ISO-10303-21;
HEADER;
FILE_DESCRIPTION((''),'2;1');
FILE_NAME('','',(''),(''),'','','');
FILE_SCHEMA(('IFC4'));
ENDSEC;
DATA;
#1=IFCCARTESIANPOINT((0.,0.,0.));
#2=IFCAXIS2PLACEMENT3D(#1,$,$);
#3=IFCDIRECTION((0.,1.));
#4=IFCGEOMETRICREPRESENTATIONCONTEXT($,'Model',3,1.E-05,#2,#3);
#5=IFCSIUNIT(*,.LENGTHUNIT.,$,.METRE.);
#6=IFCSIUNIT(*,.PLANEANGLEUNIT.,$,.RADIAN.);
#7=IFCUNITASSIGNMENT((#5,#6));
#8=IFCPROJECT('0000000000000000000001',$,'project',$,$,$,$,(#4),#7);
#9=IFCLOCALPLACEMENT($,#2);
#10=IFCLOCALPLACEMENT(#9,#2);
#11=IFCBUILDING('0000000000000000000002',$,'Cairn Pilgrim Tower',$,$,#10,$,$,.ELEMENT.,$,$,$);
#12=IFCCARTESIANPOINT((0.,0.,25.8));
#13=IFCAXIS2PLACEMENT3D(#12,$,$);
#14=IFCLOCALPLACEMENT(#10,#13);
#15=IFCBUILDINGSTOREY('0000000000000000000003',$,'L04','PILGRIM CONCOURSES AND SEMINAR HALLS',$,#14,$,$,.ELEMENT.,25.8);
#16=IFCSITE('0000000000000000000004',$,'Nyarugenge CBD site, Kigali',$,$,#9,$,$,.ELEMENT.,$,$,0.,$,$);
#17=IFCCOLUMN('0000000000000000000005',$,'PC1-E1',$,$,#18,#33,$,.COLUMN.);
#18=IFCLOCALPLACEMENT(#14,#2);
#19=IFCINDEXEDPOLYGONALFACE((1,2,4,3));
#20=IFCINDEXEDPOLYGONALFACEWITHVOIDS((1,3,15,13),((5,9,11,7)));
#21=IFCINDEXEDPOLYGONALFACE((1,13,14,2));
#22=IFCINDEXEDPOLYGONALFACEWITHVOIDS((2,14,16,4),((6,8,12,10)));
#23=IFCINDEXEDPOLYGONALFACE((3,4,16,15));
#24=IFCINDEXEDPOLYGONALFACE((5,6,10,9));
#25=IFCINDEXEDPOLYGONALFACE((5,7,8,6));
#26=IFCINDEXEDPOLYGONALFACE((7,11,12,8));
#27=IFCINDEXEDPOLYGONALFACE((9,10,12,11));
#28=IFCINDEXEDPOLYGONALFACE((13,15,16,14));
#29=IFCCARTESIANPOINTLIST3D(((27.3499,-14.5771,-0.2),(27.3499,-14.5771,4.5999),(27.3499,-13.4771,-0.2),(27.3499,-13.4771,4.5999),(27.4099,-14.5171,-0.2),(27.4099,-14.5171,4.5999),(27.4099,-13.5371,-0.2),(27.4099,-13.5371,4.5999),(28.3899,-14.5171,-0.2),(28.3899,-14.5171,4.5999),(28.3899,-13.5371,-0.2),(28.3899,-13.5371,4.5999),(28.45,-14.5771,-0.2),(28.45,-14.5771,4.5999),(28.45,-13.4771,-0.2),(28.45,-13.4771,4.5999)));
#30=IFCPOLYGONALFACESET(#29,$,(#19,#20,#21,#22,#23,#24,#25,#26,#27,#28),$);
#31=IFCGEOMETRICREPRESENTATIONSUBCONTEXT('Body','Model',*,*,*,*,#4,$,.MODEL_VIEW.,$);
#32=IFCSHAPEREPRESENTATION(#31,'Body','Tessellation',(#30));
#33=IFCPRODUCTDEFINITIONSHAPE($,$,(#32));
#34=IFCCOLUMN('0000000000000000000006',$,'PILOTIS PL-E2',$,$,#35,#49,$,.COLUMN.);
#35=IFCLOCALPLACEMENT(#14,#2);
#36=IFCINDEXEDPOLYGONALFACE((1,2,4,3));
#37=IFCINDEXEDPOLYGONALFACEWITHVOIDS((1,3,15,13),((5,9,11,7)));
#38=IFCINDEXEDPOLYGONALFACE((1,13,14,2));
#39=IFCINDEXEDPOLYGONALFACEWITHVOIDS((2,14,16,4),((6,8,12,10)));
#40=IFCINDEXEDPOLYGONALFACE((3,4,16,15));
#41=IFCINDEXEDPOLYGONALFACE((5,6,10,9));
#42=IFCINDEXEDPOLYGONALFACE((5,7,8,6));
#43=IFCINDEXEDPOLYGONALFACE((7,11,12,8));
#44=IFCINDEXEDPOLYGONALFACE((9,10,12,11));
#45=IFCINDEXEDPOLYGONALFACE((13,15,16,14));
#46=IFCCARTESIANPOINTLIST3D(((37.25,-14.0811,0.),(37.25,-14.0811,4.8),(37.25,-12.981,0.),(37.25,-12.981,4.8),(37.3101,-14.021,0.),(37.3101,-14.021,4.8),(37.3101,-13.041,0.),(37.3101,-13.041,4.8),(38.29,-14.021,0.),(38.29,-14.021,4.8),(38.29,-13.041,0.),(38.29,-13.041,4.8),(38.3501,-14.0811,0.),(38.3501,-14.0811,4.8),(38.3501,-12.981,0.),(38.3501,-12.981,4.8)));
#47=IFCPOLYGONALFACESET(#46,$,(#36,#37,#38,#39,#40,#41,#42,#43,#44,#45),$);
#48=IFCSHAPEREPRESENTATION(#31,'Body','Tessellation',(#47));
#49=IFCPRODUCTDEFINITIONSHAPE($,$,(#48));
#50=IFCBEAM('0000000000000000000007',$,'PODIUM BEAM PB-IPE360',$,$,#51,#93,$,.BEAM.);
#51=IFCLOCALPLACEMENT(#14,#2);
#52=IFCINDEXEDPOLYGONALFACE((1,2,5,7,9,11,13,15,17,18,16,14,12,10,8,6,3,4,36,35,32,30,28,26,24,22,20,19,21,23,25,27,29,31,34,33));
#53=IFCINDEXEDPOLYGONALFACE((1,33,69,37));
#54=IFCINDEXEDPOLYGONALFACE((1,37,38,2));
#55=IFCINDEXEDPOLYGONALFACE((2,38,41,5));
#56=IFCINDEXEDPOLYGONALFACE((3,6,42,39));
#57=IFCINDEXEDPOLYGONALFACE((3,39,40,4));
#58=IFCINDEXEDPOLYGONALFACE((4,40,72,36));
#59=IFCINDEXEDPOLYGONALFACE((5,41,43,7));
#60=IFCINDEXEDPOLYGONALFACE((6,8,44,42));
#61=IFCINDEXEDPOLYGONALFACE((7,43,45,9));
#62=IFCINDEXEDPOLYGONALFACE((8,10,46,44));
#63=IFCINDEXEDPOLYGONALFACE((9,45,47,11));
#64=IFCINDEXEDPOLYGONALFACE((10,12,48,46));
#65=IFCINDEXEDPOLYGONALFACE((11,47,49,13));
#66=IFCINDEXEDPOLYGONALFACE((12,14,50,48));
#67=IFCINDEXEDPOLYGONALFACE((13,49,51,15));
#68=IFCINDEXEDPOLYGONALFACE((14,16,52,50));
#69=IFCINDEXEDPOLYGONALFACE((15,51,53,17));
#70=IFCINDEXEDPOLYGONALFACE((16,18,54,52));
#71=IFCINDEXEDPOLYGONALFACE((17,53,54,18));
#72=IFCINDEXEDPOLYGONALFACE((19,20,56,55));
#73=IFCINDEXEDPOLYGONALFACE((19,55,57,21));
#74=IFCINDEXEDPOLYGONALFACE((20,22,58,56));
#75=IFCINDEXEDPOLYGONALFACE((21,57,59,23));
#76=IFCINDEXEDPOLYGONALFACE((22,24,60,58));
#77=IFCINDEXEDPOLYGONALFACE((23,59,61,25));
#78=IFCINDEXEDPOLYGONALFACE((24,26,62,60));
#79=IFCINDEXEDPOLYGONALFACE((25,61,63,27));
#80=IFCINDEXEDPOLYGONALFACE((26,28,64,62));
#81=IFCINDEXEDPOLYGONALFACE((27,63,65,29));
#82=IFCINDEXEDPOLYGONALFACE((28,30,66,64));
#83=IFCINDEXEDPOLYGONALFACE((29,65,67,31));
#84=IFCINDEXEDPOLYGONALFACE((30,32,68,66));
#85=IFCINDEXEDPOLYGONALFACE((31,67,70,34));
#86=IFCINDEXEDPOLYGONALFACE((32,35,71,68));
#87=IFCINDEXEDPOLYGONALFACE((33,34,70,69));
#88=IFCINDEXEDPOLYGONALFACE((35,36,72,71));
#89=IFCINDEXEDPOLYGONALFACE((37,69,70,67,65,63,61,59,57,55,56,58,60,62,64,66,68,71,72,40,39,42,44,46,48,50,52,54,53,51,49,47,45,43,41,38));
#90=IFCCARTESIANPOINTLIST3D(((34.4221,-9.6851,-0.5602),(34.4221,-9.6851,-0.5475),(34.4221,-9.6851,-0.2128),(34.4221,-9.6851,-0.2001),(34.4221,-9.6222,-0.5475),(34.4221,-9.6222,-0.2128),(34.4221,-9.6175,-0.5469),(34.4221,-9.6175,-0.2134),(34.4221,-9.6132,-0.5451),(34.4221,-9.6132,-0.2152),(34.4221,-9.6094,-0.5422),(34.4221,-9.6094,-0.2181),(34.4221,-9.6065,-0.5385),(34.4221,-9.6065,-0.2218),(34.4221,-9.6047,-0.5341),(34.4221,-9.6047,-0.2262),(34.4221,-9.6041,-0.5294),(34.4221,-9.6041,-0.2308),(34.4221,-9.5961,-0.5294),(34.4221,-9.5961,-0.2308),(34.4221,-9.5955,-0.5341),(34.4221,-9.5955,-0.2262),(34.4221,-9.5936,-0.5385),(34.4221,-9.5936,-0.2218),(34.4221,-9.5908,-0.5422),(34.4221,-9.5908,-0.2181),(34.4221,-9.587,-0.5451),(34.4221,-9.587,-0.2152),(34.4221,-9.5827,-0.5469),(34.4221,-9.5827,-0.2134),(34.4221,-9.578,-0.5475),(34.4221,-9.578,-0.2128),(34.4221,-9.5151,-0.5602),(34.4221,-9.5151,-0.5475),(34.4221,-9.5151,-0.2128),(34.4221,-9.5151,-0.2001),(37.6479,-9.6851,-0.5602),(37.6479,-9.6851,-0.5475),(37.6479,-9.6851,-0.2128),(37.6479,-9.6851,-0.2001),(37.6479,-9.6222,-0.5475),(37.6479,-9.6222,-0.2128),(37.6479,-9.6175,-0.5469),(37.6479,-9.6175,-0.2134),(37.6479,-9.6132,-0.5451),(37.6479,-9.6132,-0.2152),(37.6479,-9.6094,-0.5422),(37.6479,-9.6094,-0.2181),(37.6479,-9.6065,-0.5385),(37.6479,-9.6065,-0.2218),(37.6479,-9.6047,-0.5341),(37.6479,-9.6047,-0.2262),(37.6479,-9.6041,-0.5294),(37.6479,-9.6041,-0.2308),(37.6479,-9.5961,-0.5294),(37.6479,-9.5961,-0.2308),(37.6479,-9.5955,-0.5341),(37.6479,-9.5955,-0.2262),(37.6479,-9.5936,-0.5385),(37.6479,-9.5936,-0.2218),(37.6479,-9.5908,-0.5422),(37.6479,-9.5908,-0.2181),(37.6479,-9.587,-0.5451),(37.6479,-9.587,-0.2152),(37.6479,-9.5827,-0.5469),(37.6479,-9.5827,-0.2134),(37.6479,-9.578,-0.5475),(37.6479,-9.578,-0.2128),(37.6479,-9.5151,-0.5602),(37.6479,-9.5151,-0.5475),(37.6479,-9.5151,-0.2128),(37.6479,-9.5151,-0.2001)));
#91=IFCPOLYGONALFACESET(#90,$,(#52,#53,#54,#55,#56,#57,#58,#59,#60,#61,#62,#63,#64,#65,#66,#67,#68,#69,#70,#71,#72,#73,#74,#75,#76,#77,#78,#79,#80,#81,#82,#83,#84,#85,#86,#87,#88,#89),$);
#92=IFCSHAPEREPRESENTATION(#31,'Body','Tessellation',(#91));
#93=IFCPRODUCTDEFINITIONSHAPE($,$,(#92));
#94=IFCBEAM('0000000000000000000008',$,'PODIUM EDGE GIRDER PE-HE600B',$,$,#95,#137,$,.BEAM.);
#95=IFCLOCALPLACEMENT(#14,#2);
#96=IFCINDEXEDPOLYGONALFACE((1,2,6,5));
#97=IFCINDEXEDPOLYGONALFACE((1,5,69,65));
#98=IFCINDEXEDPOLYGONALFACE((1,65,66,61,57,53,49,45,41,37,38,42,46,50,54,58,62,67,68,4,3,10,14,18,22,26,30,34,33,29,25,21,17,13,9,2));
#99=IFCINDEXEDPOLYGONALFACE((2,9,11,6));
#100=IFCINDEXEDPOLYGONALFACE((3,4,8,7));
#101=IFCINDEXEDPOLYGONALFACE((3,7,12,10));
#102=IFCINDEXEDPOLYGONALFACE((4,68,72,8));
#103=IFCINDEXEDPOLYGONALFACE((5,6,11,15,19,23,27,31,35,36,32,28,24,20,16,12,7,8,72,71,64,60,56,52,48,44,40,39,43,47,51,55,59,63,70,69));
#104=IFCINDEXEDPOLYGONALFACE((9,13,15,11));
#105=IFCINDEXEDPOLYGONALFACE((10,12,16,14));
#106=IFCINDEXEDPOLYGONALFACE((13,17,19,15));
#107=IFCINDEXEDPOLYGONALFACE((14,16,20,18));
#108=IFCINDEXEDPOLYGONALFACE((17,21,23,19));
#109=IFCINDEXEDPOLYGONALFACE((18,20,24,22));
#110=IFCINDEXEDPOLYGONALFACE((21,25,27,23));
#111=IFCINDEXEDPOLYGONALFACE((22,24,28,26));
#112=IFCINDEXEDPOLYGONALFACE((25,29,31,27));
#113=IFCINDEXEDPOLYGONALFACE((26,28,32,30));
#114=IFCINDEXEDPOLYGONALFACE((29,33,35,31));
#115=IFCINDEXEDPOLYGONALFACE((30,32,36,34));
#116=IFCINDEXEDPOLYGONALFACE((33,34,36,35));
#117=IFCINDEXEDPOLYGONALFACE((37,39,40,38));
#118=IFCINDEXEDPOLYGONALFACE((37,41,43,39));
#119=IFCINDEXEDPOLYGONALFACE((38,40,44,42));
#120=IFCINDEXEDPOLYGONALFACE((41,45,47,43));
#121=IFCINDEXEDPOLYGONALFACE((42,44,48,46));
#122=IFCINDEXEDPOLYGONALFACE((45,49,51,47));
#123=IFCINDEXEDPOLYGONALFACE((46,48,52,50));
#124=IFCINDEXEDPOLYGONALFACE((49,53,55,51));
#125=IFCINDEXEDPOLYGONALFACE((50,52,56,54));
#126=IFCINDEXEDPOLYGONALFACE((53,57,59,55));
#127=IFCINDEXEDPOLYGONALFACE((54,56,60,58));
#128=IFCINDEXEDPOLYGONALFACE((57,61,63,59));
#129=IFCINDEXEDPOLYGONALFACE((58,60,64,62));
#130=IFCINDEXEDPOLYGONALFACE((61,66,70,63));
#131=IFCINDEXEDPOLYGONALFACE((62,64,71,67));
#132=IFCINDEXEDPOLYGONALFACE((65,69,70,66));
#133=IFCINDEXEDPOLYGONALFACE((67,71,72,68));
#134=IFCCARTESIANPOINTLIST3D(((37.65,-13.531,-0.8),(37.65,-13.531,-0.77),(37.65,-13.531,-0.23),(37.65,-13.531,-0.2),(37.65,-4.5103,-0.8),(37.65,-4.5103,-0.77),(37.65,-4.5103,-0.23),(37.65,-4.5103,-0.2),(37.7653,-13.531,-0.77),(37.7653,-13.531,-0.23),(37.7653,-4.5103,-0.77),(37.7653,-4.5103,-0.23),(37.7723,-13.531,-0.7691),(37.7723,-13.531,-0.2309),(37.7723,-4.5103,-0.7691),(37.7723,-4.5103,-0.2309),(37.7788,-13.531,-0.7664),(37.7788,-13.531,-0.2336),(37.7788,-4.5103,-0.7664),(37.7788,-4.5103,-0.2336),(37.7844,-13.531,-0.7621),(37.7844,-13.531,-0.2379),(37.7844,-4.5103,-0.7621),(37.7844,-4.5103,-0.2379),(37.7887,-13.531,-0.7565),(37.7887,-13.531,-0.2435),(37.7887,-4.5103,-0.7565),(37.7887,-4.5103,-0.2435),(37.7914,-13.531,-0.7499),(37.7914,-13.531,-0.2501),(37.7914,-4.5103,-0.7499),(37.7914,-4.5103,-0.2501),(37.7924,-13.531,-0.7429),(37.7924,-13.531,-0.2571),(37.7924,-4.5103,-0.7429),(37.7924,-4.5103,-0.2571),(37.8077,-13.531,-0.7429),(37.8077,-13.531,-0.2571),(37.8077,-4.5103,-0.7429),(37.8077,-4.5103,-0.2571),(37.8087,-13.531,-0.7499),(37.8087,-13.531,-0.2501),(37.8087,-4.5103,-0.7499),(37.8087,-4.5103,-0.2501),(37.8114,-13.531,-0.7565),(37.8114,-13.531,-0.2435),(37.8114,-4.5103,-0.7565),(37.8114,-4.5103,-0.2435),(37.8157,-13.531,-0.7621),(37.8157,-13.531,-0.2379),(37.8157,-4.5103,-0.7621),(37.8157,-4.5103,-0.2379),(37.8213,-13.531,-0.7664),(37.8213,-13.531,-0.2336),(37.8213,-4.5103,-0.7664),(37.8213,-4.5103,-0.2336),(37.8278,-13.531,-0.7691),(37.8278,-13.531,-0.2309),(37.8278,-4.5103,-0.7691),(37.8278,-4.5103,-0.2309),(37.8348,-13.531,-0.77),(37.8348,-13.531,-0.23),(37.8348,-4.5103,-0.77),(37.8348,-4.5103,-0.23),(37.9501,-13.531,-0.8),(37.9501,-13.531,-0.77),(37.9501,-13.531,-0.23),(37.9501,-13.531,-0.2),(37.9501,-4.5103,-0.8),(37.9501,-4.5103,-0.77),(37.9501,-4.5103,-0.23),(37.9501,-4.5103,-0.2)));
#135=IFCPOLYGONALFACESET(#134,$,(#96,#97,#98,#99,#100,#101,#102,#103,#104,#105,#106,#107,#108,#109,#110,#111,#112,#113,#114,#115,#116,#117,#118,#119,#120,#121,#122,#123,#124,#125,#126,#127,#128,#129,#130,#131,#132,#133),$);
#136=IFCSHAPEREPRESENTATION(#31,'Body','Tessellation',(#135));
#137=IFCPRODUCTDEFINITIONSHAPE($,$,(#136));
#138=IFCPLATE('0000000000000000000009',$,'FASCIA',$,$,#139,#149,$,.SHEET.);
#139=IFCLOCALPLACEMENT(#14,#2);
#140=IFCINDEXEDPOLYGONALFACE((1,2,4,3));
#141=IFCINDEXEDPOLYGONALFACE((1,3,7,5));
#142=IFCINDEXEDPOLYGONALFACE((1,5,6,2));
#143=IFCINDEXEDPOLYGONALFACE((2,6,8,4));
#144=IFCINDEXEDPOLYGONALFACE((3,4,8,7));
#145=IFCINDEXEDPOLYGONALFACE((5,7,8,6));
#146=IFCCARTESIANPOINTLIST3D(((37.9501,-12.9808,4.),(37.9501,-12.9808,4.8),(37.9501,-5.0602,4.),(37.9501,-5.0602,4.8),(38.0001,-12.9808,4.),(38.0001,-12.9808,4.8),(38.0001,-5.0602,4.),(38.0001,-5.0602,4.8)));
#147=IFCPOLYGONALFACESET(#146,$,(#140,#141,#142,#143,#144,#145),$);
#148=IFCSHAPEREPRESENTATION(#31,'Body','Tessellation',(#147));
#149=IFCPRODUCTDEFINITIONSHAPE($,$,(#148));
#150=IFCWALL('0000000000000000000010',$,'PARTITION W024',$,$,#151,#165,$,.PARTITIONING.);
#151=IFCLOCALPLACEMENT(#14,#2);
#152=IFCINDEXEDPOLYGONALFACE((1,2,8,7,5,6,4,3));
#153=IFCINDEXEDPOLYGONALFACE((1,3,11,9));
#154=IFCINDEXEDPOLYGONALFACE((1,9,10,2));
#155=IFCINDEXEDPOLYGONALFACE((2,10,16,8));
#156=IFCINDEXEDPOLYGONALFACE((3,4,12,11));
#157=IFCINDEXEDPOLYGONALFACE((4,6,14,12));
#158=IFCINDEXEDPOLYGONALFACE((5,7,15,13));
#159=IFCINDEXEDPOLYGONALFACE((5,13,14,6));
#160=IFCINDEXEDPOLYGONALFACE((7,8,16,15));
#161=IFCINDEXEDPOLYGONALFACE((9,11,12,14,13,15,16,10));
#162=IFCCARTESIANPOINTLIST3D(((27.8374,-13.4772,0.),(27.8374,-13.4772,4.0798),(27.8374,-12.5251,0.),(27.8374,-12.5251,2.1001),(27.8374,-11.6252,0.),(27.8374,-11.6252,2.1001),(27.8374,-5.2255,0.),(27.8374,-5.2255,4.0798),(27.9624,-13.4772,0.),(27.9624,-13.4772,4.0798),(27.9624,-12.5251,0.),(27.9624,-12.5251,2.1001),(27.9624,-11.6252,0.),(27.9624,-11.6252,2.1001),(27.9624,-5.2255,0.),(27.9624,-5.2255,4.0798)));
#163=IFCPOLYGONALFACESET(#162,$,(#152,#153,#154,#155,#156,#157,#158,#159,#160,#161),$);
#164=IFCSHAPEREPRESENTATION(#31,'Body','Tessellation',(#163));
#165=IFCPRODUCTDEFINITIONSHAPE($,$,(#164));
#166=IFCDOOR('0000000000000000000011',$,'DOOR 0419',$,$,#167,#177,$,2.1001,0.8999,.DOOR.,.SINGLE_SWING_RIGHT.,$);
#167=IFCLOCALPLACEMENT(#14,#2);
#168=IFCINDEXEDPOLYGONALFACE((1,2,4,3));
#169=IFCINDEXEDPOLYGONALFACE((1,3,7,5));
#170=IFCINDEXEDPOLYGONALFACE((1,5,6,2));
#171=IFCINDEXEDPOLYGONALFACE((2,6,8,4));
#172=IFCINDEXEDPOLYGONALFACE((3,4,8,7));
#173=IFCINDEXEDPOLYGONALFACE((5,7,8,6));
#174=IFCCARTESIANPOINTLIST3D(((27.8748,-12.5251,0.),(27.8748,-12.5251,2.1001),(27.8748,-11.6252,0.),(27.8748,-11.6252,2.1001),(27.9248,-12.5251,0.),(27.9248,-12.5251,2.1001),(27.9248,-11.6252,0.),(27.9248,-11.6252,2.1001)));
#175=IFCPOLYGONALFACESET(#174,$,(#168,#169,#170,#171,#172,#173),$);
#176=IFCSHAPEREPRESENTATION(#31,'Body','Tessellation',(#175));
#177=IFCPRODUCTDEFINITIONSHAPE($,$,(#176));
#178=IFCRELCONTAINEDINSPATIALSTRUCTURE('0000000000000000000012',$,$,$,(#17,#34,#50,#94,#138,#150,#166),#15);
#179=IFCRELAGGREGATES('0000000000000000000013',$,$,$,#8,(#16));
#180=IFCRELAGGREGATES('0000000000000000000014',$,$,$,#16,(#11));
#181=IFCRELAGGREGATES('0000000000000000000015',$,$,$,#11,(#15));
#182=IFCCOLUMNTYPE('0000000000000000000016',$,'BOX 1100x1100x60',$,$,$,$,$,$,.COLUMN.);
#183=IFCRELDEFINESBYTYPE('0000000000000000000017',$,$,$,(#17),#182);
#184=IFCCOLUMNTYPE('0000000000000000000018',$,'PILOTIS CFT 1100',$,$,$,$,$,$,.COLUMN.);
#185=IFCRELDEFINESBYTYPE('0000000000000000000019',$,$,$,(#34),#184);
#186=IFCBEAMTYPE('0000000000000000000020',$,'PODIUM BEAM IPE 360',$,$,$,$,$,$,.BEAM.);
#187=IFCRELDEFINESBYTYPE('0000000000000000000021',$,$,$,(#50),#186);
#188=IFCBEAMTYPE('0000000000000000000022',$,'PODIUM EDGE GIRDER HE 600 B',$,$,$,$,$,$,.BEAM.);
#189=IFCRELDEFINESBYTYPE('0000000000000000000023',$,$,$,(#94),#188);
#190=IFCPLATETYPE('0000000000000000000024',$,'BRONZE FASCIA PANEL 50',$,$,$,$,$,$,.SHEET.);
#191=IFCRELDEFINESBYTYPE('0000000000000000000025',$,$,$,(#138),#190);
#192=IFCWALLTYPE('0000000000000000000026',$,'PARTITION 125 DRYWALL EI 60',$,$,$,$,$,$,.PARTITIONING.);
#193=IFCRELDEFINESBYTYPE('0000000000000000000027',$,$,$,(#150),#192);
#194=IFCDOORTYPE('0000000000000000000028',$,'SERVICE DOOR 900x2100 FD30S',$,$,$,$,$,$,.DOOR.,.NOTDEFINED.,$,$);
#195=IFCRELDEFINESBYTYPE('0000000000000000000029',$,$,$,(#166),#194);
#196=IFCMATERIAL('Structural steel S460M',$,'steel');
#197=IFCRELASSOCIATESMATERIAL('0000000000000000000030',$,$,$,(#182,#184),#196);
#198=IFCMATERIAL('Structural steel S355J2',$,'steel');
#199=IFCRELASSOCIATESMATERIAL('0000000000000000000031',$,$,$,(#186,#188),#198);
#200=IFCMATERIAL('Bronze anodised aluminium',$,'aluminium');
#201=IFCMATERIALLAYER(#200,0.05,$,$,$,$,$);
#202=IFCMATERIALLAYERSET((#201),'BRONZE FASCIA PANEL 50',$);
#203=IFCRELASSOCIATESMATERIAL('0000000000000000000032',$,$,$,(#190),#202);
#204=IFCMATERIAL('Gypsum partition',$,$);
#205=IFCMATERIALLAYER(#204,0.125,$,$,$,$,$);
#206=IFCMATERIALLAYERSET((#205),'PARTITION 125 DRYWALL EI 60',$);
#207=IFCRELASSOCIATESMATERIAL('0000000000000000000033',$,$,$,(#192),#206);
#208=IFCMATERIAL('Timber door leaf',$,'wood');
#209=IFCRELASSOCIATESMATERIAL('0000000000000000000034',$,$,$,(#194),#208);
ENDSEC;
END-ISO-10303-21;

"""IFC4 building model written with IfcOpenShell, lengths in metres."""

from ifc_helpers import new_model, si_unit, direction, frame, frame_2d, origin, origin_2d, place, context, subcontext, project, spatial, rectangle, hollow_rectangle, i_section, extrude, material, layer, layer_set, material_profile, profile_set, type_object, element, fill, save


model = new_model("IFC4")

# Units and contexts
model_context = context("Model", 3, precision=1e-05, world=origin(), true_north=direction((0.0, 1.0)))
body_context = subcontext(model_context, "Body", "Model", "MODEL_VIEW")
ifc_project = project(units=[si_unit("LENGTHUNIT", "METRE"), si_unit("PLANEANGLEUNIT", "RADIAN")], contexts=[model_context])

# Site, building, storey
site_placement = place(None, origin())
site = spatial("IfcSite", under=ifc_project, at=site_placement, Name="Nyarugenge CBD site, Kigali", CompositionType="ELEMENT", RefElevation=0.0)
building_placement = place(site_placement, origin())
building = spatial("IfcBuilding", under=site, at=building_placement, Name="Cairn Pilgrim Tower", CompositionType="ELEMENT")
storey_placement = place(building_placement, frame((0.0, 0.0, 25.8)))
storey = spatial("IfcBuildingStorey", under=building, at=storey_placement, Name="L04", Description="PILGRIM CONCOURSES AND SEMINAR HALLS", CompositionType="ELEMENT", Elevation=25.8)

# Columns
ifc_material_1 = material(Name="Structural steel S460M", Category="steel")
ifc_material_profile_1 = material_profile(ifc_material_1, hollow_rectangle(XDim=1.1001, YDim=1.1001, WallThickness=0.0601, at=origin_2d()), Name="BOX 1100x1100x60")
ifc_profile_set_1 = profile_set([ifc_material_profile_1], Name="Structural steel S460M")
column_type_1 = type_object("IfcColumnType", Name="BOX 1100x1100x60", PredefinedType="COLUMN", material=ifc_profile_set_1)
column_1_placement = place(storey_placement, frame((27.8999, -14.0271, -0.2), z_axis=(0.0, 0.0, 1.0), x_axis=(1.0, 0.0, 0.0)))
element("IfcColumn", 1, at=column_1_placement, inside=storey, type_object=column_type_1, Name="PC1-E1", PredefinedType="COLUMN", context=body_context, shape_type="SweptSolid", body=[
    extrude(hollow_rectangle(XDim=1.1001, YDim=1.1001, WallThickness=0.0601, at=origin_2d()), origin(), (0.0, 0.0, 1.0), 4.7998),
])
ifc_material_profile_2 = material_profile(ifc_material_1, hollow_rectangle(XDim=1.1001, YDim=1.1001, WallThickness=0.0601, at=origin_2d()), Name="BOX 1100x1100x60")
ifc_profile_set_2 = profile_set([ifc_material_profile_2], Name="Structural steel S460M")
column_type_2 = type_object("IfcColumnType", Name="PILOTIS CFT 1100", PredefinedType="COLUMN", material=ifc_profile_set_2)
column_2_placement = place(storey_placement, frame((37.8, -13.531, 0.0), z_axis=(0.0, 0.0, 1.0), x_axis=(1.0, 0.0, 0.0)))
element("IfcColumn", 2, at=column_2_placement, inside=storey, type_object=column_type_2, Name="PILOTIS PL-E2", PredefinedType="COLUMN", context=body_context, shape_type="SweptSolid", body=[
    extrude(hollow_rectangle(XDim=1.1001, YDim=1.1001, WallThickness=0.0601, at=origin_2d()), origin(), (0.0, 0.0, 1.0), 4.8),
])

# Beams
ifc_material_2 = material(Name="Structural steel S355J2", Category="steel")
ifc_material_profile_3 = material_profile(ifc_material_2, i_section(OverallWidth=0.1699, OverallDepth=0.3601, WebThickness=0.0081, FlangeThickness=0.0127, FilletRadius=0.0181, at=origin_2d()), Name="IPE 360")
ifc_profile_set_3 = profile_set([ifc_material_profile_3], Name="Structural steel S355J2")
beam_type_1 = type_object("IfcBeamType", Name="PODIUM BEAM IPE 360", PredefinedType="BEAM", material=ifc_profile_set_3)
beam_1_placement = place(storey_placement, frame((34.4221, -9.6001, -0.3801), z_axis=(1.0, 0.0, 0.0), x_axis=(0.0, 1.0, 0.0)))
element("IfcBeam", 3, at=beam_1_placement, inside=storey, type_object=beam_type_1, Name="PODIUM BEAM PB-IPE360", PredefinedType="BEAM", context=body_context, shape_type="SweptSolid", body=[
    extrude(i_section(OverallWidth=0.1699, OverallDepth=0.3601, WebThickness=0.0081, FlangeThickness=0.0127, FilletRadius=0.0181, at=origin_2d()), origin(), (0.0, 0.0, 1.0), 3.2258),
])
ifc_material_profile_4 = material_profile(ifc_material_2, i_section(OverallWidth=0.3, OverallDepth=0.6001, WebThickness=0.0154, FlangeThickness=0.03, FilletRadius=0.0271, at=origin_2d()), Name="HEB 600")
ifc_profile_set_4 = profile_set([ifc_material_profile_4], Name="Structural steel S355J2")
beam_type_2 = type_object("IfcBeamType", Name="PODIUM EDGE GIRDER HE 600 B", PredefinedType="BEAM", material=ifc_profile_set_4)
beam_2_placement = place(storey_placement, frame((37.8, -13.531, -0.5), z_axis=(0.0, 1.0, 0.0), x_axis=(-1.0, 0.0, 0.0)))
element("IfcBeam", 4, at=beam_2_placement, inside=storey, type_object=beam_type_2, Name="PODIUM EDGE GIRDER PE-HE600B", PredefinedType="BEAM", context=body_context, shape_type="SweptSolid", body=[
    extrude(i_section(OverallWidth=0.3, OverallDepth=0.6001, WebThickness=0.0154, FlangeThickness=0.03, FilletRadius=0.0271, at=origin_2d()), origin(), (0.0, 0.0, 1.0), 9.0208),
])

# Plate
ifc_material_3 = material(Name="Bronze anodised aluminium", Category="aluminium")
ifc_layer_1 = layer(ifc_material_3, 0.05)
ifc_layer_set_1 = layer_set([ifc_layer_1], Name="BRONZE FASCIA PANEL 50")
plate_type = type_object("IfcPlateType", Name="BRONZE FASCIA PANEL 50", PredefinedType="SHEET", material=ifc_layer_set_1)
plate_placement = place(storey_placement, frame((37.9751, -9.0205, 4.0), z_axis=(0.0, 0.0, 1.0), x_axis=(0.0, 1.0, 0.0)))
element("IfcPlate", 5, at=plate_placement, inside=storey, type_object=plate_type, Name="FASCIA", PredefinedType="SHEET", context=body_context, shape_type="SweptSolid", body=[
    extrude(rectangle(XDim=7.9207, YDim=0.05, at=origin_2d()), origin(), (0.0, 0.0, 1.0), 0.8),
])

# Wall, opening, door
ifc_material_4 = material(Name="Gypsum partition")
ifc_layer_2 = layer(ifc_material_4, 0.125)
ifc_layer_set_2 = layer_set([ifc_layer_2], Name="PARTITION 125 DRYWALL EI 60")
wall_type_1 = type_object("IfcWallType", Name="PARTITION 125 DRYWALL EI 60", PredefinedType="PARTITIONING", material=ifc_layer_set_2)
wall_1_placement = place(storey_placement, frame((27.8999, -13.4773, 0.0), z_axis=(0.0, 0.0, 1.0), x_axis=(0.0, 1.0, 0.0)))
wall_1 = element("IfcWall", 6, at=wall_1_placement, inside=storey, type_object=wall_type_1, Name="PARTITION W024", PredefinedType="PARTITIONING", context=body_context, shape_type="SweptSolid", body=[
    extrude(rectangle(XDim=8.2517, YDim=0.125, at=frame_2d((4.126, 0.0))), origin(), (0.0, 0.0, 1.0), 4.0798),
])
opening_1_placement = place(wall_1_placement, frame((0.9521, 0.0, 0.0)))
opening_1 = element("IfcOpeningElement", 7, at=opening_1_placement, cuts=wall_1, PredefinedType="OPENING", context=body_context, shape_type="SweptSolid", body=[
    extrude(rectangle(XDim=0.8999, YDim=2.1001, at=frame_2d((0.45, 1.05))), frame((0.0, 0.0725, 0.0), z_axis=(0.0, -1.0, 0.0), x_axis=(1.0, 0.0, 0.0)), (0.0, 0.0, 1.0), 0.145),
])
ifc_material_5 = material(Name="Timber door leaf", Category="wood")
door_type_1 = type_object("IfcDoorType", Name="SERVICE DOOR 900x2100 FD30S", OperationType="NOTDEFINED", PredefinedType="DOOR", material=ifc_material_5)
door_1_placement = place(opening_1_placement, frame((0.8999, 0.0, 0.0), z_axis=(0.0, 0.0, 1.0), x_axis=(-1.0, 0.0, 0.0)))
door_1 = element("IfcDoor", 8, at=door_1_placement, inside=storey, type_object=door_type_1, Name="DOOR 0419", OperationType="SINGLE_SWING_RIGHT", OverallHeight=2.1001, OverallWidth=0.8999, PredefinedType="DOOR", context=body_context, shape_type="SweptSolid", body=[
    extrude(rectangle(XDim=0.8999, YDim=2.1001, at=frame_2d((0.45, 1.05))), frame((0.0, 0.0249, 0.0), z_axis=(0.0, -1.0, 0.0), x_axis=(1.0, 0.0, 0.0)), (0.0, 0.0, 1.0), 0.05),
])
fill(opening_1, door_1)

save(model, "model.ifc")
